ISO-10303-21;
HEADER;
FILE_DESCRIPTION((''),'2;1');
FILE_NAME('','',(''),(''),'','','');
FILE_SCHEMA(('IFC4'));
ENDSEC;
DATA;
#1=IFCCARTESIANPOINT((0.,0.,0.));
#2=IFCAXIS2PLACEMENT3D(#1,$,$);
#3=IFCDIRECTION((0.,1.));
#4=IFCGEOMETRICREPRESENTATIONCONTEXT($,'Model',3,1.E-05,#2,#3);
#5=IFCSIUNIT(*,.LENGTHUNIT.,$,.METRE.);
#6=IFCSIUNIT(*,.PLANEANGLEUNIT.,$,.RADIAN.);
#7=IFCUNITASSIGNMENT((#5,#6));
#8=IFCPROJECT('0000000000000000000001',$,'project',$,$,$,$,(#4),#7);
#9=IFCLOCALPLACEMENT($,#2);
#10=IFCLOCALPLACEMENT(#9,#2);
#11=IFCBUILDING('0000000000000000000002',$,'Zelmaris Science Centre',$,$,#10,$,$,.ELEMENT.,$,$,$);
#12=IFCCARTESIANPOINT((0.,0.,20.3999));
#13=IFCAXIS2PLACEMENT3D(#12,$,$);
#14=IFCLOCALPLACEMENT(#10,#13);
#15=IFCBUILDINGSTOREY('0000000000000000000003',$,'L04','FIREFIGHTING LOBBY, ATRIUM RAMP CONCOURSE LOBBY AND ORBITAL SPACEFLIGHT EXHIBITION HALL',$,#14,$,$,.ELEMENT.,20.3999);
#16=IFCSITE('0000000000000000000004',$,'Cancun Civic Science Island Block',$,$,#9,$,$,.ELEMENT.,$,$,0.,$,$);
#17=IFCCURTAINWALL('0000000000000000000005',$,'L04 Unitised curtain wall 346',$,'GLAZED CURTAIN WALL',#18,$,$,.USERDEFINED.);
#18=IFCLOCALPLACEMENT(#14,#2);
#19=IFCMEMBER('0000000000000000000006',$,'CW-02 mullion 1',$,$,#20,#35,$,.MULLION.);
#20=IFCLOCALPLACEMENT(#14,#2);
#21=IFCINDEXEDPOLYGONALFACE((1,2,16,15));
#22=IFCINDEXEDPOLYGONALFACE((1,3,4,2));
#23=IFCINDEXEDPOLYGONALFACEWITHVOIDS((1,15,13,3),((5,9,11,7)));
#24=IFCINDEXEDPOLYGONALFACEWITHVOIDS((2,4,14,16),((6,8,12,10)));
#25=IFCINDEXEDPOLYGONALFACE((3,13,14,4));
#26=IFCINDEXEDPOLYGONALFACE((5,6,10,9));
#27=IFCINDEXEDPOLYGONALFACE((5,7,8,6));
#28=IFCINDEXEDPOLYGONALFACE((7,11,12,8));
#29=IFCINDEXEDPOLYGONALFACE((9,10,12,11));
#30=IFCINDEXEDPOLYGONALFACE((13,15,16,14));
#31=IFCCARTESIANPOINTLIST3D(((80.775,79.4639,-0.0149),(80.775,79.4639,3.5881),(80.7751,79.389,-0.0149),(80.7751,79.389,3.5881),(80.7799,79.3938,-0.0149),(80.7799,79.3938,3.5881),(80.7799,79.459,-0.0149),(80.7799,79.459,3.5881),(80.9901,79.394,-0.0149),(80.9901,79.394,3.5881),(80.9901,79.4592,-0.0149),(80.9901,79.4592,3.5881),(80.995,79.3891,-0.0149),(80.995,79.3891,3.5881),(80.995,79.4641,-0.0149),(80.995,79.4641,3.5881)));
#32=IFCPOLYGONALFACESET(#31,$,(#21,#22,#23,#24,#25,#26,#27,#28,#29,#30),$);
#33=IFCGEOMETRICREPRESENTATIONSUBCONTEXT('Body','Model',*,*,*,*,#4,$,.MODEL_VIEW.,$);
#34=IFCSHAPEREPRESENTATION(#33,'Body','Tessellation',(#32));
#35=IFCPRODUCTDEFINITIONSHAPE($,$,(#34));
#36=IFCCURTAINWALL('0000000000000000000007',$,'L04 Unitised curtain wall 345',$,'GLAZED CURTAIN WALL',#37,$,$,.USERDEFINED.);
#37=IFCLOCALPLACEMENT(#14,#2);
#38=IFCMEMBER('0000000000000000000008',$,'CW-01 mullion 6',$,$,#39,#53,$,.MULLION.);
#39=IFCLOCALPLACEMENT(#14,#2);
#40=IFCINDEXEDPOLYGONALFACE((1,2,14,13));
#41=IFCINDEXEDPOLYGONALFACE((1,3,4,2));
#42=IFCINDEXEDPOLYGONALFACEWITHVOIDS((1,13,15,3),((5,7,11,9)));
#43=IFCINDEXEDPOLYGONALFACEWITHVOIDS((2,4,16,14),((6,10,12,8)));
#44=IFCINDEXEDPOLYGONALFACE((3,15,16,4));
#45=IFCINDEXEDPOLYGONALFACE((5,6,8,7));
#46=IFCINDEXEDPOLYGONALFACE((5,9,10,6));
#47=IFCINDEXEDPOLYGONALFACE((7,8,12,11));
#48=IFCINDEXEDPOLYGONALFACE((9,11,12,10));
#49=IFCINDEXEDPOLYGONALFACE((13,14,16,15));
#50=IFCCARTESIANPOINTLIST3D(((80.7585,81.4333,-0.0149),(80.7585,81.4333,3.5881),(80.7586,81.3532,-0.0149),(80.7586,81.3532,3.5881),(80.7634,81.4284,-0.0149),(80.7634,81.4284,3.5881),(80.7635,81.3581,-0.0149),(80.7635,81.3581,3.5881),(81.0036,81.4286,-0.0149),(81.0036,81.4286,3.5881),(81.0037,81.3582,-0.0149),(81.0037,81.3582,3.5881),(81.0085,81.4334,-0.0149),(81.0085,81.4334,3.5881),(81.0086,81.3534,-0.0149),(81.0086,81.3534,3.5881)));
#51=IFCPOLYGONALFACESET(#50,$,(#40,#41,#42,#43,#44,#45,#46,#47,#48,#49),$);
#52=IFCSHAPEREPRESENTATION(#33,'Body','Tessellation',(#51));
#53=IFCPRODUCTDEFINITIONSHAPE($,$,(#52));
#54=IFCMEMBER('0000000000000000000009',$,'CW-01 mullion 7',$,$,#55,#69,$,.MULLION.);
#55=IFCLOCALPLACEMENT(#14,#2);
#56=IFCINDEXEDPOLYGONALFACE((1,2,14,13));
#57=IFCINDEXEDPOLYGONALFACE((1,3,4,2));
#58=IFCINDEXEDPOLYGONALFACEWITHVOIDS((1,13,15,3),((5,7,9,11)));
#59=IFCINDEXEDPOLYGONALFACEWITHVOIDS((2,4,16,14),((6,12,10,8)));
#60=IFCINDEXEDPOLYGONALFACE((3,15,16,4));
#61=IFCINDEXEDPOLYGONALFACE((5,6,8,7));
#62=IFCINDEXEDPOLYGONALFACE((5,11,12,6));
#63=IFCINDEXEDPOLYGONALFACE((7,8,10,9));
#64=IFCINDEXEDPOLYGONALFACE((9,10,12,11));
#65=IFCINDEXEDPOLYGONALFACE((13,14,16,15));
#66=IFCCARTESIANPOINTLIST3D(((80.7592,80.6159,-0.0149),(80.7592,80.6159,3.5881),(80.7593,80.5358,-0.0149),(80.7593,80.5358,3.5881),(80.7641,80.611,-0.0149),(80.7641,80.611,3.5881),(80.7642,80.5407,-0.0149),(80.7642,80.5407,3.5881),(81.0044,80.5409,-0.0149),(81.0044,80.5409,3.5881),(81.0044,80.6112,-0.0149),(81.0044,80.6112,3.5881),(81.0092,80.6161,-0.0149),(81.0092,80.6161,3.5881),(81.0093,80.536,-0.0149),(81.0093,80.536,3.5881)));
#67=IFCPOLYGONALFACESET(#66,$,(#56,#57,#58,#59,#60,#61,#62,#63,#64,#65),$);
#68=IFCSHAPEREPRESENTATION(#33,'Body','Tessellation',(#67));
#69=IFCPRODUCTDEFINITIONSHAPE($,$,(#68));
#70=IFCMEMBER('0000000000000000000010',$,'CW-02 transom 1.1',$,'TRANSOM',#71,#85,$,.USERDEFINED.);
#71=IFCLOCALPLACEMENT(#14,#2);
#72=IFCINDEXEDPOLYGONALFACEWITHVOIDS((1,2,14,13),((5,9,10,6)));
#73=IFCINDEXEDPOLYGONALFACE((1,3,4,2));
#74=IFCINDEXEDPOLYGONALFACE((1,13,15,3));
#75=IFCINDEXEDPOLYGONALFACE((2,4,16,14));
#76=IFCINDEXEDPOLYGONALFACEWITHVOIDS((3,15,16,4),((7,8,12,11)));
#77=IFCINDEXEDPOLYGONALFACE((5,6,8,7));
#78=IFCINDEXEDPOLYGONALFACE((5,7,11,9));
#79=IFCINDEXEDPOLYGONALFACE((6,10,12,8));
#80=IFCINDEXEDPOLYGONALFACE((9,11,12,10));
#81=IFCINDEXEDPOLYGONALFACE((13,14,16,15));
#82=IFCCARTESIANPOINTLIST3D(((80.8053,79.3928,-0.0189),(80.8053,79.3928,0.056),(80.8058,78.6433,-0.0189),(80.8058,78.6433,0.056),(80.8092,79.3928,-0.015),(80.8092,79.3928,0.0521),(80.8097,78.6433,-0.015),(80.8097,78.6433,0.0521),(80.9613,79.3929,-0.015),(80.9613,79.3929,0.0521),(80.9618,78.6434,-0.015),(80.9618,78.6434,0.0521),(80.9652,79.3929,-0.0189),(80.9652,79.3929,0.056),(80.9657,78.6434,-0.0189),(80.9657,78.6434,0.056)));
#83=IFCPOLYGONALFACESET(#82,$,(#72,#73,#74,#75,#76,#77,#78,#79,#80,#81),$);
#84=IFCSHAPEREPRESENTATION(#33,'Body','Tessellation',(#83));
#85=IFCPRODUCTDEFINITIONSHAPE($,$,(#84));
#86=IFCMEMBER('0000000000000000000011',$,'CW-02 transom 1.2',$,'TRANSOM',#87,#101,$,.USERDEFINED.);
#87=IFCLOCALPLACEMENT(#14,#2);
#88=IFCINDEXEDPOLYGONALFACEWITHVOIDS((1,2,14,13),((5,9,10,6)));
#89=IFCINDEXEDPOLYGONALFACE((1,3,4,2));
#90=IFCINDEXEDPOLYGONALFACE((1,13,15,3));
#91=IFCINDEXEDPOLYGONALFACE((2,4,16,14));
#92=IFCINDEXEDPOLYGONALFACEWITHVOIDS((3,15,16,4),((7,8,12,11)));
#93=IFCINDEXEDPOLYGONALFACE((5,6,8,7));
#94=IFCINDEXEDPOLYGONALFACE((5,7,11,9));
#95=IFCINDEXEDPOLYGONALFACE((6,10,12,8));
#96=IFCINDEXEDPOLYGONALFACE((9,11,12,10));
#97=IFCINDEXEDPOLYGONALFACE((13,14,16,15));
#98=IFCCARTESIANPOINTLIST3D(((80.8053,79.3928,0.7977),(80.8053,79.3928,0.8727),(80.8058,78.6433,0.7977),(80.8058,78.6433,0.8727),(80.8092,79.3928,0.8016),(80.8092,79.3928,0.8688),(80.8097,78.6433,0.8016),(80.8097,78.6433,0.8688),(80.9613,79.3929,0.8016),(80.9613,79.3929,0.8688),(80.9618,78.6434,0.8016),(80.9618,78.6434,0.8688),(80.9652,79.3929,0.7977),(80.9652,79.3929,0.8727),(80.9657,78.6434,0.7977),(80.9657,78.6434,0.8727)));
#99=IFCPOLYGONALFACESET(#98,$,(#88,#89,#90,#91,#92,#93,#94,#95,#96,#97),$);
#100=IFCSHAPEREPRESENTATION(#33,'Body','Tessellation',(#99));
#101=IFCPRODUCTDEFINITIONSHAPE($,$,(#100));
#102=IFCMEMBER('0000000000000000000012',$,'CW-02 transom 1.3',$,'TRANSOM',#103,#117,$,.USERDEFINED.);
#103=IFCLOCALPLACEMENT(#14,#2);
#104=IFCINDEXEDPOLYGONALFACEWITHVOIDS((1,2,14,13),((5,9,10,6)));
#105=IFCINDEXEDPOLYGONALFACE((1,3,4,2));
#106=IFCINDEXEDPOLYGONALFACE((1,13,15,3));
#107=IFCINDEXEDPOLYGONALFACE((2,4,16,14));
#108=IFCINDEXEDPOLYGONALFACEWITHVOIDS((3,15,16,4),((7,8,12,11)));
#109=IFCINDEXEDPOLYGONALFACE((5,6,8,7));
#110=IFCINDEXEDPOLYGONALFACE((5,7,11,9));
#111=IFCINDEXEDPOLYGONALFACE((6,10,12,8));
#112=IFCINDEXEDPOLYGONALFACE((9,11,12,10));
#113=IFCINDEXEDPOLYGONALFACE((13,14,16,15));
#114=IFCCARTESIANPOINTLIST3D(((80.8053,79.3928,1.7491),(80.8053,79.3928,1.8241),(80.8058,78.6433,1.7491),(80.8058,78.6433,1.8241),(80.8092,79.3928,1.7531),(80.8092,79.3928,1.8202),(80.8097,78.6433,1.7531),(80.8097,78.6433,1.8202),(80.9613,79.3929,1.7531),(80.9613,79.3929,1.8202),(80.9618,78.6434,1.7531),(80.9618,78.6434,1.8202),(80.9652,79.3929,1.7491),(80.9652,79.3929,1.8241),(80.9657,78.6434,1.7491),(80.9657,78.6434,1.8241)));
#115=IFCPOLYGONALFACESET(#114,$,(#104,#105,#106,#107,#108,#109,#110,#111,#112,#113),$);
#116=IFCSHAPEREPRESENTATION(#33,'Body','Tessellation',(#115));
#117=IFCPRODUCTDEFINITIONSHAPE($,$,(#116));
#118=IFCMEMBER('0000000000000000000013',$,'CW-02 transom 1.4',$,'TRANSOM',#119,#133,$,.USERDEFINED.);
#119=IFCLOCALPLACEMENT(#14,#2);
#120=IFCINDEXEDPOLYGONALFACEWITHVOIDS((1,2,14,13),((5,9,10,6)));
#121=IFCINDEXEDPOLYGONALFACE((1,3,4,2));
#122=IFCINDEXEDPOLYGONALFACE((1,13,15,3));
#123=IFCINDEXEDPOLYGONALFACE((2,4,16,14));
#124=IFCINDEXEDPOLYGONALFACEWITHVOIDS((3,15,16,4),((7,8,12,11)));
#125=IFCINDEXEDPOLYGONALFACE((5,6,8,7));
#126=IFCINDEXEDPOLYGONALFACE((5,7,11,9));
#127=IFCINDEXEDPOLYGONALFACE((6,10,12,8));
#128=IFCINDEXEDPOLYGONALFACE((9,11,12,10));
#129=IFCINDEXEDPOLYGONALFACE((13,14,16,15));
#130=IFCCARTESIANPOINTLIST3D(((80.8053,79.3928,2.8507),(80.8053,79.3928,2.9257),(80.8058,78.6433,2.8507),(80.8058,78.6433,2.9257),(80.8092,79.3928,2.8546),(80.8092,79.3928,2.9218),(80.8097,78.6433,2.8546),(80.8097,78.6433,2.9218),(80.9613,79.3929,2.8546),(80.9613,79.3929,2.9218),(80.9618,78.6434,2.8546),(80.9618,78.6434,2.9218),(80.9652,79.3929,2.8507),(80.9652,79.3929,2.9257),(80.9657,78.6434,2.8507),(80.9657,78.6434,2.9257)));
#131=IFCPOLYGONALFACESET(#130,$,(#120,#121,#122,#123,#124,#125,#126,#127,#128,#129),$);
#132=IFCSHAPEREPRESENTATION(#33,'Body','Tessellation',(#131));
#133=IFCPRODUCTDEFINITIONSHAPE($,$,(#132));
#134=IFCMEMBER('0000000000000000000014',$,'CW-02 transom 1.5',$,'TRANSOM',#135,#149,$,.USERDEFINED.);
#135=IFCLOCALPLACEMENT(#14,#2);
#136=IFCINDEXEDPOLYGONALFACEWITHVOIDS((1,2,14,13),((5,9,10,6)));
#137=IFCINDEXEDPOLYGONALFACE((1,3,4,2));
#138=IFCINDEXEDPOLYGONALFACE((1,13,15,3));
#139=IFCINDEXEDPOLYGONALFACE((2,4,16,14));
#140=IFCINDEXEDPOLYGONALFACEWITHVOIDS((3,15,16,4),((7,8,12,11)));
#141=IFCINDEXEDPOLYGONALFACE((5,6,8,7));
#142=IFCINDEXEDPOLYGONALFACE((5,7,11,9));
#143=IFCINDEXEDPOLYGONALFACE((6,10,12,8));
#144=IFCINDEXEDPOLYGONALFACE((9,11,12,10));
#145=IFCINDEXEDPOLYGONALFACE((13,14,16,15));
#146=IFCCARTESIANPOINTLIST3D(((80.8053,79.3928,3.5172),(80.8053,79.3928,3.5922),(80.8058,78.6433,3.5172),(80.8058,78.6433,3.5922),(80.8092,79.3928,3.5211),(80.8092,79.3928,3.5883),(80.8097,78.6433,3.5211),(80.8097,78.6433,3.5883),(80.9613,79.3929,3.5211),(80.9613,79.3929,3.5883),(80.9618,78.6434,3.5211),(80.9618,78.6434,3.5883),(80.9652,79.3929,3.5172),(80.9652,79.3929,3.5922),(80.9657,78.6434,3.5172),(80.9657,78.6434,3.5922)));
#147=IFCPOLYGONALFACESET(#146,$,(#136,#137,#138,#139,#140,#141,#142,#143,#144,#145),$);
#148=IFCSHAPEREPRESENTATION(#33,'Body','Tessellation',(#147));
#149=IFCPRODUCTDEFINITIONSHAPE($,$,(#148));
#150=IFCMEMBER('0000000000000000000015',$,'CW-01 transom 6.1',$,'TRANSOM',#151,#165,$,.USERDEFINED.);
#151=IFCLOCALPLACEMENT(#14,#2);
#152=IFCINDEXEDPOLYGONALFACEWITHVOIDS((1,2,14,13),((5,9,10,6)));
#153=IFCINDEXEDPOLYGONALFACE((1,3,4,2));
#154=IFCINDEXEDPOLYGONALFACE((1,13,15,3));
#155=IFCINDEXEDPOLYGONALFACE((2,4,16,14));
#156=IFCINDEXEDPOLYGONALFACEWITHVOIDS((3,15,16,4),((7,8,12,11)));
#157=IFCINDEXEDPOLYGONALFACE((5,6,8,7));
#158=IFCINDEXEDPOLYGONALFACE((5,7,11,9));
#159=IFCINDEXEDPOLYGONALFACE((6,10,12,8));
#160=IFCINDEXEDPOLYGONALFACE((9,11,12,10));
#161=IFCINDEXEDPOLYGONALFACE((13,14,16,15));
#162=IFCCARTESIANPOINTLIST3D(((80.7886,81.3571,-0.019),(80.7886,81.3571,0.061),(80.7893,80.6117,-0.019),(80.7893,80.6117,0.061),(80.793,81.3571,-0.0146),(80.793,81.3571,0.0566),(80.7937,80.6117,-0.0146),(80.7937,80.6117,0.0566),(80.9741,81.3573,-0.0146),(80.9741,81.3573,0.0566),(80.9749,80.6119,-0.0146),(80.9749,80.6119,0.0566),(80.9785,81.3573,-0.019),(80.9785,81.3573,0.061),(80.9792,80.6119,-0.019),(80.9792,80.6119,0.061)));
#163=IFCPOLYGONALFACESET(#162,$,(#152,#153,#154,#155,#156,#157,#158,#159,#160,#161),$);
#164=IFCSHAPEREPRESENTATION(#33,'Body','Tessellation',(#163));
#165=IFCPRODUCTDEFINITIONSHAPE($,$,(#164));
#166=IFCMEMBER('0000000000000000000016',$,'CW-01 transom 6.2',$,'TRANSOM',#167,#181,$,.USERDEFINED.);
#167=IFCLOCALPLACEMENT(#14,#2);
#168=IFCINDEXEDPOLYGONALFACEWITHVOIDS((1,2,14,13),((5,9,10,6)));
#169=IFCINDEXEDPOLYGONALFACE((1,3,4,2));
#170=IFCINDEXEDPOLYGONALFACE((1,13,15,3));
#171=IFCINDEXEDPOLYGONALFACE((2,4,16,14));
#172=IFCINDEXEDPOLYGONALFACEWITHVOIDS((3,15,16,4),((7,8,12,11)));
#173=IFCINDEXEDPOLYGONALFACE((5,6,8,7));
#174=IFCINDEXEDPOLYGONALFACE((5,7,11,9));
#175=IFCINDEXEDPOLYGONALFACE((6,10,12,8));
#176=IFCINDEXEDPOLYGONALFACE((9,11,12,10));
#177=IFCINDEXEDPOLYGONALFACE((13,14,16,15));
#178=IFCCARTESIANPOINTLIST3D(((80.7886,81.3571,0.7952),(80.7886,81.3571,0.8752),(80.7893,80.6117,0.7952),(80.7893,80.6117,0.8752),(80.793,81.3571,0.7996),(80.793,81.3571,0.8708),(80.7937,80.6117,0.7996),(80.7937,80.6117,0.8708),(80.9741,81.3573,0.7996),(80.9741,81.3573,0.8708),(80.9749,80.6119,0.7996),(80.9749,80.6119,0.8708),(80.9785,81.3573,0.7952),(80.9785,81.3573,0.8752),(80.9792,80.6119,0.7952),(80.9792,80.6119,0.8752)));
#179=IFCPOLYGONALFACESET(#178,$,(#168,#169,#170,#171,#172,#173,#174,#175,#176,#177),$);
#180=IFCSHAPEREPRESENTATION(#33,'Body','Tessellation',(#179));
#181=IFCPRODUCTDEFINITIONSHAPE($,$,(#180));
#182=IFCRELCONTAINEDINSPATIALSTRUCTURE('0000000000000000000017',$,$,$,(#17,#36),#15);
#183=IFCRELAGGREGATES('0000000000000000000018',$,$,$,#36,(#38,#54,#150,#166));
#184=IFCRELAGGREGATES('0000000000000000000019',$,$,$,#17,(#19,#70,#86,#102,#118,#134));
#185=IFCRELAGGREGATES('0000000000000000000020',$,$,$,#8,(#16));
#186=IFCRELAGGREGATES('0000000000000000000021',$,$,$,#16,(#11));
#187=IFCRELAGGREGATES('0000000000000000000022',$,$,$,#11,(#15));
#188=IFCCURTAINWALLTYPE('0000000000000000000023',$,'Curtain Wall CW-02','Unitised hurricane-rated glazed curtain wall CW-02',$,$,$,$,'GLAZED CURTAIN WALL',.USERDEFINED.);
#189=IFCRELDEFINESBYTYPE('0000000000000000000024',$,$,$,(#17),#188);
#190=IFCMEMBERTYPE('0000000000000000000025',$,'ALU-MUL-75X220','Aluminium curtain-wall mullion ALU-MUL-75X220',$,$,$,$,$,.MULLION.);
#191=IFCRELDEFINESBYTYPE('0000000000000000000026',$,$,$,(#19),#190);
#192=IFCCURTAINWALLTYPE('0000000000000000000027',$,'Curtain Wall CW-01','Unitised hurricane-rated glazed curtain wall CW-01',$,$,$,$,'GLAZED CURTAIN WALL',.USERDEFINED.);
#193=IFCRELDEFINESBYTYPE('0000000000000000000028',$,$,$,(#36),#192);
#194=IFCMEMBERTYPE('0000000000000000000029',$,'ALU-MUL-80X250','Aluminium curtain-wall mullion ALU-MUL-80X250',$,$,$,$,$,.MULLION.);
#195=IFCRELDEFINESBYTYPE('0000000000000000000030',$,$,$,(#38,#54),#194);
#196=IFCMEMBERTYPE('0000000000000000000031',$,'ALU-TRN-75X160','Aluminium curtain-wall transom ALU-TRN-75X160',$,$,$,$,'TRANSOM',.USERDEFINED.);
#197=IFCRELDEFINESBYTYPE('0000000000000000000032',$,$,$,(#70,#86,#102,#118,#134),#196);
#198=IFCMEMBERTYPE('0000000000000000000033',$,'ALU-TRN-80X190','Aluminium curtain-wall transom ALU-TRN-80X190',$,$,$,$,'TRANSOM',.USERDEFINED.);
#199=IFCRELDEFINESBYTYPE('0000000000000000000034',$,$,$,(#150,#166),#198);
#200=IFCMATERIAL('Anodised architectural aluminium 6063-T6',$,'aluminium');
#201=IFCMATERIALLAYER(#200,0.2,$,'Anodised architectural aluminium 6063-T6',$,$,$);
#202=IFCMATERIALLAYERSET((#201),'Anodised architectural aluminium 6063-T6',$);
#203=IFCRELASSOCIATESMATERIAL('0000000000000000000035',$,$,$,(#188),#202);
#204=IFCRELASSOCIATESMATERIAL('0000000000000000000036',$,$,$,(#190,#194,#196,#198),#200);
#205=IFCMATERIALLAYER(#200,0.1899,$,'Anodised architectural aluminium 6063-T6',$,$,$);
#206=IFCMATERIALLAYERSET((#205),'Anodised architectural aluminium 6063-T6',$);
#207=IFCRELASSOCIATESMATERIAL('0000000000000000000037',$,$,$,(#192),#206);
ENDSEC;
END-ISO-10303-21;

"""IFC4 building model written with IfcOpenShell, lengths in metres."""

from ifc_helpers import new_model, si_unit, direction, frame, origin, origin_2d, place, context, subcontext, project, spatial, hollow_rectangle, extrude, material, layer, layer_set, material_profile, profile_set, type_object, element, aggregate, save


model = new_model("IFC4")

# Units and contexts
model_context = context("Model", 3, precision=1e-05, world=origin(), true_north=direction((0.0, 1.0)))
body_context = subcontext(model_context, "Body", "Model", "MODEL_VIEW")
ifc_project = project(units=[si_unit("LENGTHUNIT", "METRE"), si_unit("PLANEANGLEUNIT", "RADIAN")], contexts=[model_context])

# Site, building, storey
site_placement = place(None, origin())
site = spatial("IfcSite", under=ifc_project, at=site_placement, Name="Cancun Civic Science Island Block", CompositionType="ELEMENT", RefElevation=0.0)
building_placement = place(site_placement, origin())
building = spatial("IfcBuilding", under=site, at=building_placement, Name="Zelmaris Science Centre", CompositionType="ELEMENT")
storey_placement = place(building_placement, frame((0.0, 0.0, 20.3999)))
storey = spatial("IfcBuildingStorey", under=building, at=storey_placement, Name="L04", Description="FIREFIGHTING LOBBY, ATRIUM RAMP CONCOURSE LOBBY AND ORBITAL SPACEFLIGHT EXHIBITION HALL", CompositionType="ELEMENT", Elevation=20.3999)

# Curtain wall, member
ifc_material_1 = material(Name="Anodised architectural aluminium 6063-T6", Category="aluminium")
ifc_layer_1 = layer(ifc_material_1, 0.2, Name="Anodised architectural aluminium 6063-T6")
ifc_layer_set_1 = layer_set([ifc_layer_1], Name="Anodised architectural aluminium 6063-T6")
curtain_wall_type_1 = type_object("IfcCurtainWallType", Name="Curtain Wall CW-02", Description="Unitised hurricane-rated glazed curtain wall CW-02", ElementType="GLAZED CURTAIN WALL", PredefinedType="USERDEFINED", material=ifc_layer_set_1)
curtain_wall_1_placement = place(storey_placement, origin())
curtain_wall_1 = element("IfcCurtainWall", 1, at=curtain_wall_1_placement, inside=storey, type_object=curtain_wall_type_1, Name="L04 Unitised curtain wall 346", ObjectType="GLAZED CURTAIN WALL", PredefinedType="USERDEFINED")
ifc_material_profile_1 = material_profile(ifc_material_1, hollow_rectangle(XDim=0.075, YDim=0.22, WallThickness=0.0049, at=origin_2d()), Name="ALU-MUL-75X220")
ifc_profile_set_1 = profile_set([ifc_material_profile_1], Name="Anodised architectural aluminium 6063-T6")
member_type_1 = type_object("IfcMemberType", Name="ALU-MUL-75X220", Description="Aluminium curtain-wall mullion ALU-MUL-75X220", PredefinedType="MULLION", material=ifc_profile_set_1)
member_1_placement = place(storey_placement, frame((80.885, 79.4265, -0.0149), z_axis=(0.0, 0.0, 1.0), x_axis=(0.000771, -1.0, 0.0)))
member_1 = element("IfcMember", 2, at=member_1_placement, type_object=member_type_1, Name="CW-02 mullion 1", PredefinedType="MULLION", context=body_context, shape_type="SweptSolid", body=[
    extrude(hollow_rectangle(XDim=0.075, YDim=0.22, WallThickness=0.0049, at=origin_2d()), origin(), (0.0, 0.0, 1.0), 3.603),
])

# Curtain wall, members
ifc_layer_2 = layer(ifc_material_1, 0.1899, Name="Anodised architectural aluminium 6063-T6")
ifc_layer_set_2 = layer_set([ifc_layer_2], Name="Anodised architectural aluminium 6063-T6")
curtain_wall_type_2 = type_object("IfcCurtainWallType", Name="Curtain Wall CW-01", Description="Unitised hurricane-rated glazed curtain wall CW-01", ElementType="GLAZED CURTAIN WALL", PredefinedType="USERDEFINED", material=ifc_layer_set_2)
curtain_wall_2_placement = place(storey_placement, origin())
curtain_wall_2 = element("IfcCurtainWall", 3, at=curtain_wall_2_placement, inside=storey, type_object=curtain_wall_type_2, Name="L04 Unitised curtain wall 345", ObjectType="GLAZED CURTAIN WALL", PredefinedType="USERDEFINED")
ifc_material_profile_2 = material_profile(ifc_material_1, hollow_rectangle(XDim=0.0801, YDim=0.25, WallThickness=0.0049, at=origin_2d()), Name="ALU-MUL-80X250")
ifc_profile_set_2 = profile_set([ifc_material_profile_2], Name="Anodised architectural aluminium 6063-T6")
member_type_2 = type_object("IfcMemberType", Name="ALU-MUL-80X250", Description="Aluminium curtain-wall mullion ALU-MUL-80X250", PredefinedType="MULLION", material=ifc_profile_set_2)
member_2_placement = place(storey_placement, frame((80.8835, 81.3933, -0.0149), z_axis=(0.0, 0.0, 1.0), x_axis=(0.000771, -1.0, 0.0)))
member_2 = element("IfcMember", 4, at=member_2_placement, type_object=member_type_2, Name="CW-01 mullion 6", PredefinedType="MULLION", context=body_context, shape_type="SweptSolid", body=[
    extrude(hollow_rectangle(XDim=0.0801, YDim=0.25, WallThickness=0.0049, at=origin_2d()), origin(), (0.0, 0.0, 1.0), 3.603),
])
member_3_placement = place(storey_placement, frame((80.8843, 80.5759, -0.0149), z_axis=(0.0, 0.0, 1.0), x_axis=(0.000771, -1.0, 0.0)))
member_3 = element("IfcMember", 5, at=member_3_placement, type_object=member_type_2, Name="CW-01 mullion 7", PredefinedType="MULLION", context=body_context, shape_type="SweptSolid", body=[
    extrude(hollow_rectangle(XDim=0.0801, YDim=0.25, WallThickness=0.0049, at=origin_2d()), origin(), (0.0, 0.0, 1.0), 3.603),
])

# Members
ifc_material_profile_3 = material_profile(ifc_material_1, hollow_rectangle(XDim=0.075, YDim=0.1599, WallThickness=0.0039, at=origin_2d()), Name="ALU-TRN-75X160")
ifc_profile_set_3 = profile_set([ifc_material_profile_3], Name="Anodised architectural aluminium 6063-T6")
member_type_3 = type_object("IfcMemberType", Name="ALU-TRN-75X160", Description="Aluminium curtain-wall transom ALU-TRN-75X160", ElementType="TRANSOM", PredefinedType="USERDEFINED", material=ifc_profile_set_3)
member_4_placement = place(storey_placement, frame((80.8853, 79.3928, 0.0186), z_axis=(0.000651, -1.0, 0.0), x_axis=(0.0, 0.0, 1.0)))
member_4 = element("IfcMember", 6, at=member_4_placement, type_object=member_type_3, Name="CW-02 transom 1.1", ObjectType="TRANSOM", PredefinedType="USERDEFINED", context=body_context, shape_type="SweptSolid", body=[
    extrude(hollow_rectangle(XDim=0.075, YDim=0.1599, WallThickness=0.0039, at=origin_2d()), origin(), (0.0, 0.0, 1.0), 0.7495),
])
member_5_placement = place(storey_placement, frame((80.8853, 79.3928, 0.8352), z_axis=(0.000651, -1.0, 0.0), x_axis=(0.0, 0.0, 1.0)))
member_5 = element("IfcMember", 7, at=member_5_placement, type_object=member_type_3, Name="CW-02 transom 1.2", ObjectType="TRANSOM", PredefinedType="USERDEFINED", context=body_context, shape_type="SweptSolid", body=[
    extrude(hollow_rectangle(XDim=0.075, YDim=0.1599, WallThickness=0.0039, at=origin_2d()), origin(), (0.0, 0.0, 1.0), 0.7495),
])
member_6_placement = place(storey_placement, frame((80.8853, 79.3928, 1.7866), z_axis=(0.000651, -1.0, 0.0), x_axis=(0.0, 0.0, 1.0)))
member_6 = element("IfcMember", 8, at=member_6_placement, type_object=member_type_3, Name="CW-02 transom 1.3", ObjectType="TRANSOM", PredefinedType="USERDEFINED", context=body_context, shape_type="SweptSolid", body=[
    extrude(hollow_rectangle(XDim=0.075, YDim=0.1599, WallThickness=0.0039, at=origin_2d()), origin(), (0.0, 0.0, 1.0), 0.7495),
])
member_7_placement = place(storey_placement, frame((80.8853, 79.3928, 2.8882), z_axis=(0.000651, -1.0, 0.0), x_axis=(0.0, 0.0, 1.0)))
member_7 = element("IfcMember", 9, at=member_7_placement, type_object=member_type_3, Name="CW-02 transom 1.4", ObjectType="TRANSOM", PredefinedType="USERDEFINED", context=body_context, shape_type="SweptSolid", body=[
    extrude(hollow_rectangle(XDim=0.075, YDim=0.1599, WallThickness=0.0039, at=origin_2d()), origin(), (0.0, 0.0, 1.0), 0.7495),
])
member_8_placement = place(storey_placement, frame((80.8853, 79.3928, 3.5547), z_axis=(0.000651, -1.0, 0.0), x_axis=(0.0, 0.0, 1.0)))
member_8 = element("IfcMember", 10, at=member_8_placement, type_object=member_type_3, Name="CW-02 transom 1.5", ObjectType="TRANSOM", PredefinedType="USERDEFINED", context=body_context, shape_type="SweptSolid", body=[
    extrude(hollow_rectangle(XDim=0.075, YDim=0.1599, WallThickness=0.0039, at=origin_2d()), origin(), (0.0, 0.0, 1.0), 0.7495),
])
ifc_material_profile_4 = material_profile(ifc_material_1, hollow_rectangle(XDim=0.0801, YDim=0.1899, WallThickness=0.0044, at=origin_2d()), Name="ALU-TRN-80X190")
ifc_profile_set_4 = profile_set([ifc_material_profile_4], Name="Anodised architectural aluminium 6063-T6")
member_type_4 = type_object("IfcMemberType", Name="ALU-TRN-80X190", Description="Aluminium curtain-wall transom ALU-TRN-80X190", ElementType="TRANSOM", PredefinedType="USERDEFINED", material=ifc_profile_set_4)
member_9_placement = place(storey_placement, frame((80.8835, 81.3572, 0.021), z_axis=(0.000983, -1.0, 0.0), x_axis=(0.0, 0.0, 1.0)))
member_9 = element("IfcMember", 11, at=member_9_placement, type_object=member_type_4, Name="CW-01 transom 6.1", ObjectType="TRANSOM", PredefinedType="USERDEFINED", context=body_context, shape_type="SweptSolid", body=[
    extrude(hollow_rectangle(XDim=0.0801, YDim=0.1899, WallThickness=0.0044, at=origin_2d()), origin(), (0.0, 0.0, 1.0), 0.7454),
])
member_10_placement = place(storey_placement, frame((80.8835, 81.3572, 0.8352), z_axis=(0.000983, -1.0, 0.0), x_axis=(0.0, 0.0, 1.0)))
member_10 = element("IfcMember", 12, at=member_10_placement, type_object=member_type_4, Name="CW-01 transom 6.2", ObjectType="TRANSOM", PredefinedType="USERDEFINED", context=body_context, shape_type="SweptSolid", body=[
    extrude(hollow_rectangle(XDim=0.0801, YDim=0.1899, WallThickness=0.0044, at=origin_2d()), origin(), (0.0, 0.0, 1.0), 0.7454),
])

aggregate(curtain_wall_2, [member_2, member_3, member_9, member_10])
aggregate(curtain_wall_1, [member_1, member_4, member_5, member_6, member_7, member_8])

save(model, "model.ifc")
